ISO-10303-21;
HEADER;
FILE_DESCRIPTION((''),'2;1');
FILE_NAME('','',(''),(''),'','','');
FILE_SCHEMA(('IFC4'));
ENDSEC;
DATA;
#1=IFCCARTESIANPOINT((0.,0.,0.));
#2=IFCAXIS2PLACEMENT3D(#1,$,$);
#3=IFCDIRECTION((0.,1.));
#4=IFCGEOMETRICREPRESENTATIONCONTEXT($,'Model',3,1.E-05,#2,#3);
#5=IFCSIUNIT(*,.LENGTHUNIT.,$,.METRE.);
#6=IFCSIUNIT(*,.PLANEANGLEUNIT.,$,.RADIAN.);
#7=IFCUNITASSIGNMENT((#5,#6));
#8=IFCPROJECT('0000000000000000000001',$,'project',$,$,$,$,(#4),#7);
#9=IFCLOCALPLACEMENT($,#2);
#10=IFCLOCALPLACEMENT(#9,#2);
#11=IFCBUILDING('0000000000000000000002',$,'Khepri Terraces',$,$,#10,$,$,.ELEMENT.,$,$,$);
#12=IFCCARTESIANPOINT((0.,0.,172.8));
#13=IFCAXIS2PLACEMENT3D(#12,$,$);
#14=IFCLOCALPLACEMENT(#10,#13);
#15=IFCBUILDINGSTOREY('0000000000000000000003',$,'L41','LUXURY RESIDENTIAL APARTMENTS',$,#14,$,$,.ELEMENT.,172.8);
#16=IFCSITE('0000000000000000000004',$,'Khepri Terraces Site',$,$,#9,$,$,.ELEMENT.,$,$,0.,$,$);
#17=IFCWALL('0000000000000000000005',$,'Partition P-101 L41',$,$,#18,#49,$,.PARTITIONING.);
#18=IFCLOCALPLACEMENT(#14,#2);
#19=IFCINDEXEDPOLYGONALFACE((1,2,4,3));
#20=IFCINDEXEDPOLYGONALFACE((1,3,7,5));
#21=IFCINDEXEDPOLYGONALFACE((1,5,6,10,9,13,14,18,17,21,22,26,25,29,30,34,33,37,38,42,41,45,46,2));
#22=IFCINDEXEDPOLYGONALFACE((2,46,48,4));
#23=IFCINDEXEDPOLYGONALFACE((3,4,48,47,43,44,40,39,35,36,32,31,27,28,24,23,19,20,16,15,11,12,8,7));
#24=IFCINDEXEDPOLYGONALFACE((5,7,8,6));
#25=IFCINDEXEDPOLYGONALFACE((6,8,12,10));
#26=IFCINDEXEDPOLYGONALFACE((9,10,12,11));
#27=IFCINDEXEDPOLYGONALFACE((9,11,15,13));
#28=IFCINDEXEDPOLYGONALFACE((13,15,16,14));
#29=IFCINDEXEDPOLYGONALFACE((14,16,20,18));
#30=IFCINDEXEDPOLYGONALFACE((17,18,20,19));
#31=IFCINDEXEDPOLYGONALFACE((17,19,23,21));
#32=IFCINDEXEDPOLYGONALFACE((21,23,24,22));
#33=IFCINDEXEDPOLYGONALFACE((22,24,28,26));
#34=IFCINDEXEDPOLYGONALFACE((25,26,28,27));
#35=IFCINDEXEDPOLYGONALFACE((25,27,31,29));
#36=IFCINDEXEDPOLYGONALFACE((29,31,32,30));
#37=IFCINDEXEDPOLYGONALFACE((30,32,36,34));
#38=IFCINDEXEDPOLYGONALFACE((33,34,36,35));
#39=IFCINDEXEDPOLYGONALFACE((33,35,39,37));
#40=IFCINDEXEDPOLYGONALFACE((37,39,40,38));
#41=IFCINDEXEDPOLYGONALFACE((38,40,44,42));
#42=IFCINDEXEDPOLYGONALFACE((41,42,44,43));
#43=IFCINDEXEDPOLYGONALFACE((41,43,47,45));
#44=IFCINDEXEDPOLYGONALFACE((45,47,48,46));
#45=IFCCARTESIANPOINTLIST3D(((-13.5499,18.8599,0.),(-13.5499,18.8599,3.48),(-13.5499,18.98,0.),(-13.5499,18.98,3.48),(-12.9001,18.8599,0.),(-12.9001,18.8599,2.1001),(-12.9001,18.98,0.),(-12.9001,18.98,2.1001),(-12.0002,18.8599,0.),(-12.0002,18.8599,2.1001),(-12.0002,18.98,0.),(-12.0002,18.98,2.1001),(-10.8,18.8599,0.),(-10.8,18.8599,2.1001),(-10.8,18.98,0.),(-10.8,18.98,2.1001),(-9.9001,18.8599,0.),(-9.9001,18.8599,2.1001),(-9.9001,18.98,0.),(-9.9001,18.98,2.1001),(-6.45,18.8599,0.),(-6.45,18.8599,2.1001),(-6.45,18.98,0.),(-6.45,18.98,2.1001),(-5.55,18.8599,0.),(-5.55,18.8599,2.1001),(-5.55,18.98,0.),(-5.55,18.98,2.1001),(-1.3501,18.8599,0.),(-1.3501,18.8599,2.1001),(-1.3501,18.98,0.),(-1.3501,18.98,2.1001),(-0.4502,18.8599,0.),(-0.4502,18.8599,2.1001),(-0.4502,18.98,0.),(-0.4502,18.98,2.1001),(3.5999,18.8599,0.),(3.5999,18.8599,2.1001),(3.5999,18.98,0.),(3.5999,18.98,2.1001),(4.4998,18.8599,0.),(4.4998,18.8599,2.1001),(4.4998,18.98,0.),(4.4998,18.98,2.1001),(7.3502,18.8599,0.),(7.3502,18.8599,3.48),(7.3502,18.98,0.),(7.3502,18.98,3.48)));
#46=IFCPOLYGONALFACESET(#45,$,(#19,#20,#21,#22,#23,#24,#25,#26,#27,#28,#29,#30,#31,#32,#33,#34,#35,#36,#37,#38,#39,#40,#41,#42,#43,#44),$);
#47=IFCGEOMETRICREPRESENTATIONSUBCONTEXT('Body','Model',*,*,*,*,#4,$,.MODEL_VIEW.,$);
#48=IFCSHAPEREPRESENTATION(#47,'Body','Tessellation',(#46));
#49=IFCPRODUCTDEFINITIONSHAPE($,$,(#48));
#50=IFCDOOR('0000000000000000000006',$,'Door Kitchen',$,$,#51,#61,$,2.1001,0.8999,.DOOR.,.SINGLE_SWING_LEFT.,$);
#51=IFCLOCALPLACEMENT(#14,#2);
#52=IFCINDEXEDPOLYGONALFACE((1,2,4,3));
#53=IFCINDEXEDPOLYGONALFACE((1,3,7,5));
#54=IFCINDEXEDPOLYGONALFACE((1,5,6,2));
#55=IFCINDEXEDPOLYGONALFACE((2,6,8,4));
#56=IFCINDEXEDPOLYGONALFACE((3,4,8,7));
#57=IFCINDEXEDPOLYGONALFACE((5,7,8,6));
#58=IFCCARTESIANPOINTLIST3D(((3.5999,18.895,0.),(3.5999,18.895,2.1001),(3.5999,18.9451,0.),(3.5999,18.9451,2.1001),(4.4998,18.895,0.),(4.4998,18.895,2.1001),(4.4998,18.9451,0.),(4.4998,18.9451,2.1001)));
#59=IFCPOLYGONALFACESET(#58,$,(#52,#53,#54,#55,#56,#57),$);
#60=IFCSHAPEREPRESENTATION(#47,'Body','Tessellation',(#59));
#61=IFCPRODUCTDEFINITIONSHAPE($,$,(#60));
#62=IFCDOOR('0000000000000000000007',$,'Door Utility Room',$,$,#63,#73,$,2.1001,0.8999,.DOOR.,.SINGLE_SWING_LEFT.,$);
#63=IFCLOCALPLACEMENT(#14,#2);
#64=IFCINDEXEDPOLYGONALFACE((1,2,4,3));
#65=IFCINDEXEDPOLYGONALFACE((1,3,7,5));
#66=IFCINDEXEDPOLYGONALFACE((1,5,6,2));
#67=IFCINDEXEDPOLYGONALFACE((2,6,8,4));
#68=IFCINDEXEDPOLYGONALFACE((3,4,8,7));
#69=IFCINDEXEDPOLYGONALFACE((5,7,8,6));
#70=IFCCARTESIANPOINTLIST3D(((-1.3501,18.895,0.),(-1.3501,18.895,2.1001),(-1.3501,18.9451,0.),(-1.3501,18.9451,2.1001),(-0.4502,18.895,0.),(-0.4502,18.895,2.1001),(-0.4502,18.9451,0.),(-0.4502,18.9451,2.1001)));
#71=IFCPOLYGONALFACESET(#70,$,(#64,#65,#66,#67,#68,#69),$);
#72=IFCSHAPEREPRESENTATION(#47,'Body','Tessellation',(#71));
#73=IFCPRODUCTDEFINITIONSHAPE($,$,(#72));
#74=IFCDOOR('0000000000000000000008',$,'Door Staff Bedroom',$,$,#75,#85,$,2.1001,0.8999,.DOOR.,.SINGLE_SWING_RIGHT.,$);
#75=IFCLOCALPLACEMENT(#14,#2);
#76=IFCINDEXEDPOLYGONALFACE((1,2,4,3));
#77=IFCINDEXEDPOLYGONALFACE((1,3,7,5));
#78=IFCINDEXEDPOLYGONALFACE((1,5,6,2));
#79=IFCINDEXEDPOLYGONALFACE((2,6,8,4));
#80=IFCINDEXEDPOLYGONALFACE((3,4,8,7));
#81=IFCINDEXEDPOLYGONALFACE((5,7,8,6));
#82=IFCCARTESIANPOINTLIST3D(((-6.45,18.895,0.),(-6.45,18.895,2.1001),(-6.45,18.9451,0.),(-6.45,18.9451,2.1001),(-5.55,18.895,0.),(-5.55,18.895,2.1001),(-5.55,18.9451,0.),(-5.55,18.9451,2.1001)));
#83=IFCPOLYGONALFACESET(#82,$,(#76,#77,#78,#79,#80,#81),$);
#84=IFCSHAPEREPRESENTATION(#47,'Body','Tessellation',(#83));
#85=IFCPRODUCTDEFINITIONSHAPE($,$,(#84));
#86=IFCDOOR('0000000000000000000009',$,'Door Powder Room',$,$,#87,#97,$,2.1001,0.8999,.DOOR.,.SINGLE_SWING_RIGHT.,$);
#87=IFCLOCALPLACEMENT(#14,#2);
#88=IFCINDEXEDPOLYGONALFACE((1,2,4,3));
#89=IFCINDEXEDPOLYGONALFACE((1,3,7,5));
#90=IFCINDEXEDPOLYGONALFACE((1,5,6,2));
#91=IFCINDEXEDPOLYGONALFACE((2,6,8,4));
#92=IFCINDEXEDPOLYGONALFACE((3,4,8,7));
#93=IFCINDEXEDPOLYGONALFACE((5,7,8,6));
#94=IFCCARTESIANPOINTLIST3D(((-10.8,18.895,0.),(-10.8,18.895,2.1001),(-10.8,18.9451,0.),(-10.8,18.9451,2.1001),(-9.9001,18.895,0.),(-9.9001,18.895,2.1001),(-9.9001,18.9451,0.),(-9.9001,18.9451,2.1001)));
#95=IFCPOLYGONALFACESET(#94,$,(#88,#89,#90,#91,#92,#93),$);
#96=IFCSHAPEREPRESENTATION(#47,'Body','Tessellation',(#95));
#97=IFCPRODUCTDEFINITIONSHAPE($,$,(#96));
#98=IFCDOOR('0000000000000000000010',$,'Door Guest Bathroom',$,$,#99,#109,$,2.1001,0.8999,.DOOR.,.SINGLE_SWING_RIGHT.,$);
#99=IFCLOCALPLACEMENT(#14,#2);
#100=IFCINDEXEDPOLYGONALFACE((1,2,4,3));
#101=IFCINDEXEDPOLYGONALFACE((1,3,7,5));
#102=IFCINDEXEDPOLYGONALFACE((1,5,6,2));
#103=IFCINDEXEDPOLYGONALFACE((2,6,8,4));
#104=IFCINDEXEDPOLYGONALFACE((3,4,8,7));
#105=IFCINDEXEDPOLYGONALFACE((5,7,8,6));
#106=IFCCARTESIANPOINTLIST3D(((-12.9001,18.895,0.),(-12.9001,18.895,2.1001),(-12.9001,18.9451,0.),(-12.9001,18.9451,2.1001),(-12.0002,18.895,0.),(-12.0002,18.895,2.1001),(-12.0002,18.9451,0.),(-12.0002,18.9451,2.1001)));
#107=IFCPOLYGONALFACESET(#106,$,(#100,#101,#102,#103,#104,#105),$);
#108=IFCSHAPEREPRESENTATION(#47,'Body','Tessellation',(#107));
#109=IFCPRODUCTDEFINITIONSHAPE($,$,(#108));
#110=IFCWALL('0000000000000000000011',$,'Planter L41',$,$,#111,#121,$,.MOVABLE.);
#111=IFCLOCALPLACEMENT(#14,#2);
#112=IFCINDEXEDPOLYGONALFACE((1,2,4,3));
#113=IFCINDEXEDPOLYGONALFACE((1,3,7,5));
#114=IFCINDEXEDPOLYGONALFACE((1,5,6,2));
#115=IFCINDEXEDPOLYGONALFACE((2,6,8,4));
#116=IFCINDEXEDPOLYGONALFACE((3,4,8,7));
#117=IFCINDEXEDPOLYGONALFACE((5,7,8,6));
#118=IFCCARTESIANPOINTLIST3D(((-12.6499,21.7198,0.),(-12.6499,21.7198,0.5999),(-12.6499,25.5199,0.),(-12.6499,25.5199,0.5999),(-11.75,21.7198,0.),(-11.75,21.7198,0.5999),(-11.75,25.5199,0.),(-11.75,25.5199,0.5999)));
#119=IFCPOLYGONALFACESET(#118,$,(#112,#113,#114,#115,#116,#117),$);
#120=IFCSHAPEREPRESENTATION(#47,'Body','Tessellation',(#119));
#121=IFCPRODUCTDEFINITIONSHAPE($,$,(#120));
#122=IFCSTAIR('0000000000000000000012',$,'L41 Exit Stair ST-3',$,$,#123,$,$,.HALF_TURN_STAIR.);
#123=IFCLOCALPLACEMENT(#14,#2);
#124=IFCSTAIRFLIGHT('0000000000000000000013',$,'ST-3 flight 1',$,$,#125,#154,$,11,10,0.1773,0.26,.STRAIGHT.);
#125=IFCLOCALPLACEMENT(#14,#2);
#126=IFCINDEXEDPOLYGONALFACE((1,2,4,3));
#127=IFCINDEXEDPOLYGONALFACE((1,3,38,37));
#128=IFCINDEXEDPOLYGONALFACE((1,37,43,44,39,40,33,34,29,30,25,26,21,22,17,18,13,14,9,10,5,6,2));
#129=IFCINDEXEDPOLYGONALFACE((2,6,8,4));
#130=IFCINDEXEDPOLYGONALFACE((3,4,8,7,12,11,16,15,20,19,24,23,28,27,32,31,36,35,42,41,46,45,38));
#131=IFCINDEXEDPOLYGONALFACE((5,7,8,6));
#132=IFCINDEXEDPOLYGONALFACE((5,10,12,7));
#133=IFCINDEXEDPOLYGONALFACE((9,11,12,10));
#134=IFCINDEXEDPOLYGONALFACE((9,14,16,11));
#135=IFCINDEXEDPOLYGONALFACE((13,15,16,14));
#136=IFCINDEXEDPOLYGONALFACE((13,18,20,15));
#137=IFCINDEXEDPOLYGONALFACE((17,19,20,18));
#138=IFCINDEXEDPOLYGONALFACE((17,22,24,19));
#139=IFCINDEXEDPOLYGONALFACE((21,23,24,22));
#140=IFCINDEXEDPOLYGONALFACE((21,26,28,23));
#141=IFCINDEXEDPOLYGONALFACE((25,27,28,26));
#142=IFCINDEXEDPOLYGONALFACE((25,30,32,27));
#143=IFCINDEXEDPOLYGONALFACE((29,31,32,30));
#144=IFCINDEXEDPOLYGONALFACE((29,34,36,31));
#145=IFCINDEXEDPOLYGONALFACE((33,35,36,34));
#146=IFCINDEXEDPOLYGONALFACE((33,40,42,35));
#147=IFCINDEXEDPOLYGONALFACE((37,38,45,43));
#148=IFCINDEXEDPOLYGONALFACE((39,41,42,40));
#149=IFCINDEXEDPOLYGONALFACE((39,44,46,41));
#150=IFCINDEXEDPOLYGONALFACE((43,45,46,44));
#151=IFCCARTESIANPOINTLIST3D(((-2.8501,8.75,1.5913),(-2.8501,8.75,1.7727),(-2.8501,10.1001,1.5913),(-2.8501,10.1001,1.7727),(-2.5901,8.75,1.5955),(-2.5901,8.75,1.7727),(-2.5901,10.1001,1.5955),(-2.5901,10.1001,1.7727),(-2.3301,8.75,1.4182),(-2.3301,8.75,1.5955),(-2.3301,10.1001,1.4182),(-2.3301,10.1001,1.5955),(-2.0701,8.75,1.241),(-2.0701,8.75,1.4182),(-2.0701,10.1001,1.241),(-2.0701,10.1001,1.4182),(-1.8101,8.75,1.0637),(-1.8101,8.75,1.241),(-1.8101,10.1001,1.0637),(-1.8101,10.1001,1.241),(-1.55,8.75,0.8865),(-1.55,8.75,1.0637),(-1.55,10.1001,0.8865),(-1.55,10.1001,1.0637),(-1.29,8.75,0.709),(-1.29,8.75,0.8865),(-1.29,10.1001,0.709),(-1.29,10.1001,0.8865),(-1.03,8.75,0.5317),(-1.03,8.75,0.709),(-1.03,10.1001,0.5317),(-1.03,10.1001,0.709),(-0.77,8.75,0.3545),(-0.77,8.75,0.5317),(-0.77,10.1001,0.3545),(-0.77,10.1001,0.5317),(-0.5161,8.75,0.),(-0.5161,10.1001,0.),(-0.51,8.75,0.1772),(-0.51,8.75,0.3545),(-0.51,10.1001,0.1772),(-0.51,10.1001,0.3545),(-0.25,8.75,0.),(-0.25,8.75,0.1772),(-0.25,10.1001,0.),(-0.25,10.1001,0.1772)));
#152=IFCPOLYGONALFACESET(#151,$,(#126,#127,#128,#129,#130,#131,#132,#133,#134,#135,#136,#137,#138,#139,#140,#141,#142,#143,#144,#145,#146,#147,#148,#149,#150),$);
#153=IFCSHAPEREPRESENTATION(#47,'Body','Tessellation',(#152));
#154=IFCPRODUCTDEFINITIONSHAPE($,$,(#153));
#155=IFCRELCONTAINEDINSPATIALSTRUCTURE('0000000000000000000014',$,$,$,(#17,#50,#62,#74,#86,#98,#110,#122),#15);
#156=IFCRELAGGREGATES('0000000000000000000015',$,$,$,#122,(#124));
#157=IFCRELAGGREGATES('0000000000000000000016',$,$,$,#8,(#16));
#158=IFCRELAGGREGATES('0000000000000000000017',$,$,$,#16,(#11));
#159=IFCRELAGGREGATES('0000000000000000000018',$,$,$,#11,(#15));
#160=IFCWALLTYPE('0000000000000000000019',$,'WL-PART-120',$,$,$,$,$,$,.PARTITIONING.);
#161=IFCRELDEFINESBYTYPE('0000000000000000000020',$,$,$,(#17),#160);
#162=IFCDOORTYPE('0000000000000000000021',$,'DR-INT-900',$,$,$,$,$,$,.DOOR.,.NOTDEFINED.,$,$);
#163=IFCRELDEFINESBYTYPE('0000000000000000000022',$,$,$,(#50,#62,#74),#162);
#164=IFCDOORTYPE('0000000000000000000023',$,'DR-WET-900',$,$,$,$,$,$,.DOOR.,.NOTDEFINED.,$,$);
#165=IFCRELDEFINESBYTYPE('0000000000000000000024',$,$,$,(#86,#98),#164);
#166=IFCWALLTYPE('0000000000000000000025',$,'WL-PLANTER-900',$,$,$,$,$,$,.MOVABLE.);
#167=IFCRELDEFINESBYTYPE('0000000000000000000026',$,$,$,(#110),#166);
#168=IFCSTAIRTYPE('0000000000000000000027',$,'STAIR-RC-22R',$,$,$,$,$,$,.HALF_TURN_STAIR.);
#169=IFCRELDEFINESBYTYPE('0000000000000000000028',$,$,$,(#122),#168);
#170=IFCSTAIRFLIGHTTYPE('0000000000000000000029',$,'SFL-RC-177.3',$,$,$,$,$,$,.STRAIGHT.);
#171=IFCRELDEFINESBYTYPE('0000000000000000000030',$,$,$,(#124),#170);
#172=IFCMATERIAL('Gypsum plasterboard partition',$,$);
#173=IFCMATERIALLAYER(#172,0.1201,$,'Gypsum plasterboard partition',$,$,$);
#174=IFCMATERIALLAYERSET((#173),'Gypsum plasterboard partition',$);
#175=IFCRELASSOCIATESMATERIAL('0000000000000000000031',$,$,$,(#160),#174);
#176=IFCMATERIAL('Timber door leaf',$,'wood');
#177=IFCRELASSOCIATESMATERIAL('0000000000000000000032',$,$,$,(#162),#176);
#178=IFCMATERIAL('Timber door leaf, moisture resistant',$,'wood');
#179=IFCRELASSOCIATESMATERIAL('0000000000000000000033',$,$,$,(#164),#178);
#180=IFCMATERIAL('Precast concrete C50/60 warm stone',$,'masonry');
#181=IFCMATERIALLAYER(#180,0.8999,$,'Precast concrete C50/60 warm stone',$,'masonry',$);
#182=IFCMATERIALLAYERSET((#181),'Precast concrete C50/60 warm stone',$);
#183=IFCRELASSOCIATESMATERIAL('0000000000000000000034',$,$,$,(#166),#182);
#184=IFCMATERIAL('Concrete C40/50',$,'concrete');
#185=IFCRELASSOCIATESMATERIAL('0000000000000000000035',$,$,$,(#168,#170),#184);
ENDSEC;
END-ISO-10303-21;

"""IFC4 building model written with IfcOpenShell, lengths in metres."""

from ifc_helpers import new_model, si_unit, direction, frame, frame_2d, origin, place, context, subcontext, project, spatial, polyline, rectangle, outline, extrude, material, layer, layer_set, type_object, element, fill, aggregate, save


model = new_model("IFC4")

# Units and contexts
model_context = context("Model", 3, precision=1e-05, world=origin(), true_north=direction((0.0, 1.0)))
body_context = subcontext(model_context, "Body", "Model", "MODEL_VIEW")
ifc_project = project(units=[si_unit("LENGTHUNIT", "METRE"), si_unit("PLANEANGLEUNIT", "RADIAN")], contexts=[model_context])

# Site, building, storey
site_placement = place(None, origin())
site = spatial("IfcSite", under=ifc_project, at=site_placement, Name="Khepri Terraces Site", CompositionType="ELEMENT", RefElevation=0.0)
building_placement = place(site_placement, origin())
building = spatial("IfcBuilding", under=site, at=building_placement, Name="Khepri Terraces", CompositionType="ELEMENT")
storey_placement = place(building_placement, frame((0.0, 0.0, 172.8)))
storey = spatial("IfcBuildingStorey", under=building, at=storey_placement, Name="L41", Description="LUXURY RESIDENTIAL APARTMENTS", CompositionType="ELEMENT", Elevation=172.8)

# Shared definitions
ifc_material_1 = material(Name="Precast concrete C50/60 warm stone", Category="masonry")

# Shared definitions
ifc_material_2 = material(Name="Gypsum plasterboard partition")
ifc_layer_1 = layer(ifc_material_2, 0.1201, Name="Gypsum plasterboard partition")
ifc_layer_set_1 = layer_set([ifc_layer_1], Name="Gypsum plasterboard partition")
wall_type_1 = type_object("IfcWallType", Name="WL-PART-120", PredefinedType="PARTITIONING", material=ifc_layer_set_1)

# Wall, openings, doors
wall_1_placement = place(storey_placement, frame((-13.55, 18.9199, 0.0), z_axis=(0.0, 0.0, 1.0), x_axis=(1.0, 0.0, 0.0)))
wall_1 = element("IfcWall", 1, at=wall_1_placement, inside=storey, type_object=wall_type_1, Name="Partition P-101 L41", PredefinedType="PARTITIONING", context=body_context, shape_type="SweptSolid", body=[
    extrude(rectangle(XDim=20.9001, YDim=0.1201, at=frame_2d((10.4502, 0.0))), origin(), (0.0, 0.0, 1.0), 3.48),
])
opening_1_placement = place(wall_1_placement, frame((17.1499, 0.0, 0.0)))
opening_1 = element("IfcOpeningElement", 2, at=opening_1_placement, cuts=wall_1, PredefinedType="OPENING", context=body_context, shape_type="SweptSolid", body=[
    extrude(rectangle(XDim=0.8999, YDim=2.1001, at=frame_2d((0.45, 1.05))), frame((0.0, 0.0701, 0.0), z_axis=(0.0, -1.0, 0.0), x_axis=(1.0, 0.0, 0.0)), (0.0, 0.0, 1.0), 0.1401),
])
opening_2_placement = place(wall_1_placement, frame((12.2, 0.0, 0.0)))
opening_2 = element("IfcOpeningElement", 3, at=opening_2_placement, cuts=wall_1, PredefinedType="OPENING", context=body_context, shape_type="SweptSolid", body=[
    extrude(rectangle(XDim=0.8999, YDim=2.1001, at=frame_2d((0.45, 1.05))), frame((0.0, 0.0701, 0.0), z_axis=(0.0, -1.0, 0.0), x_axis=(1.0, 0.0, 0.0)), (0.0, 0.0, 1.0), 0.1401),
])
opening_3_placement = place(wall_1_placement, frame((7.1001, 0.0, 0.0)))
opening_3 = element("IfcOpeningElement", 4, at=opening_3_placement, cuts=wall_1, PredefinedType="OPENING", context=body_context, shape_type="SweptSolid", body=[
    extrude(rectangle(XDim=0.8999, YDim=2.1001, at=frame_2d((0.45, 1.05))), frame((0.0, 0.0701, 0.0), z_axis=(0.0, -1.0, 0.0), x_axis=(1.0, 0.0, 0.0)), (0.0, 0.0, 1.0), 0.1401),
])
opening_4_placement = place(wall_1_placement, frame((2.75, 0.0, 0.0)))
opening_4 = element("IfcOpeningElement", 5, at=opening_4_placement, cuts=wall_1, PredefinedType="OPENING", context=body_context, shape_type="SweptSolid", body=[
    extrude(rectangle(XDim=0.8999, YDim=2.1001, at=frame_2d((0.45, 1.05))), frame((0.0, 0.0701, 0.0), z_axis=(0.0, -1.0, 0.0), x_axis=(1.0, 0.0, 0.0)), (0.0, 0.0, 1.0), 0.1401),
])
opening_5_placement = place(wall_1_placement, frame((0.6499, 0.0, 0.0)))
opening_5 = element("IfcOpeningElement", 6, at=opening_5_placement, cuts=wall_1, PredefinedType="OPENING", context=body_context, shape_type="SweptSolid", body=[
    extrude(rectangle(XDim=0.8999, YDim=2.1001, at=frame_2d((0.45, 1.05))), frame((0.0, 0.0701, 0.0), z_axis=(0.0, -1.0, 0.0), x_axis=(1.0, 0.0, 0.0)), (0.0, 0.0, 1.0), 0.1401),
])
ifc_material_3 = material(Name="Timber door leaf", Category="wood")
door_type_1 = type_object("IfcDoorType", Name="DR-INT-900", OperationType="NOTDEFINED", PredefinedType="DOOR", material=ifc_material_3)
door_1_placement = place(opening_1_placement, frame((0.8999, 0.0, 0.0), z_axis=(0.0, 0.0, 1.0), x_axis=(-1.0, 0.0, 0.0)))
door_1 = element("IfcDoor", 7, at=door_1_placement, inside=storey, type_object=door_type_1, Name="Door Kitchen", OperationType="SINGLE_SWING_LEFT", OverallHeight=2.1001, OverallWidth=0.8999, PredefinedType="DOOR", context=body_context, shape_type="SweptSolid", body=[
    extrude(rectangle(XDim=0.8999, YDim=2.1001, at=frame_2d((0.45, 1.05))), frame((0.0, 0.0249, 0.0), z_axis=(0.0, -1.0, 0.0), x_axis=(1.0, 0.0, 0.0)), (0.0, 0.0, 1.0), 0.05),
])
fill(opening_1, door_1)
door_2_placement = place(opening_2_placement, frame((0.8999, 0.0, 0.0), z_axis=(0.0, 0.0, 1.0), x_axis=(-1.0, 0.0, 0.0)))
door_2 = element("IfcDoor", 8, at=door_2_placement, inside=storey, type_object=door_type_1, Name="Door Utility Room", OperationType="SINGLE_SWING_LEFT", OverallHeight=2.1001, OverallWidth=0.8999, PredefinedType="DOOR", context=body_context, shape_type="SweptSolid", body=[
    extrude(rectangle(XDim=0.8999, YDim=2.1001, at=frame_2d((0.45, 1.05))), frame((0.0, 0.0249, 0.0), z_axis=(0.0, -1.0, 0.0), x_axis=(1.0, 0.0, 0.0)), (0.0, 0.0, 1.0), 0.05),
])
fill(opening_2, door_2)
door_3_placement = place(opening_3_placement, frame((0.8999, 0.0, 0.0), z_axis=(0.0, 0.0, 1.0), x_axis=(-1.0, 0.0, 0.0)))
door_3 = element("IfcDoor", 9, at=door_3_placement, inside=storey, type_object=door_type_1, Name="Door Staff Bedroom", OperationType="SINGLE_SWING_RIGHT", OverallHeight=2.1001, OverallWidth=0.8999, PredefinedType="DOOR", context=body_context, shape_type="SweptSolid", body=[
    extrude(rectangle(XDim=0.8999, YDim=2.1001, at=frame_2d((0.45, 1.05))), frame((0.0, 0.0249, 0.0), z_axis=(0.0, -1.0, 0.0), x_axis=(1.0, 0.0, 0.0)), (0.0, 0.0, 1.0), 0.05),
])
fill(opening_3, door_3)
ifc_material_4 = material(Name="Timber door leaf, moisture resistant", Category="wood")
door_type_2 = type_object("IfcDoorType", Name="DR-WET-900", OperationType="NOTDEFINED", PredefinedType="DOOR", material=ifc_material_4)
door_4_placement = place(opening_4_placement, frame((0.8999, 0.0, 0.0), z_axis=(0.0, 0.0, 1.0), x_axis=(-1.0, 0.0, 0.0)))
door_4 = element("IfcDoor", 10, at=door_4_placement, inside=storey, type_object=door_type_2, Name="Door Powder Room", OperationType="SINGLE_SWING_RIGHT", OverallHeight=2.1001, OverallWidth=0.8999, PredefinedType="DOOR", context=body_context, shape_type="SweptSolid", body=[
    extrude(rectangle(XDim=0.8999, YDim=2.1001, at=frame_2d((0.45, 1.05))), frame((0.0, 0.0249, 0.0), z_axis=(0.0, -1.0, 0.0), x_axis=(1.0, 0.0, 0.0)), (0.0, 0.0, 1.0), 0.05),
])
fill(opening_4, door_4)
door_5_placement = place(opening_5_placement, frame((0.8999, 0.0, 0.0), z_axis=(0.0, 0.0, 1.0), x_axis=(-1.0, 0.0, 0.0)))
door_5 = element("IfcDoor", 11, at=door_5_placement, inside=storey, type_object=door_type_2, Name="Door Guest Bathroom", OperationType="SINGLE_SWING_RIGHT", OverallHeight=2.1001, OverallWidth=0.8999, PredefinedType="DOOR", context=body_context, shape_type="SweptSolid", body=[
    extrude(rectangle(XDim=0.8999, YDim=2.1001, at=frame_2d((0.45, 1.05))), frame((0.0, 0.0249, 0.0), z_axis=(0.0, -1.0, 0.0), x_axis=(1.0, 0.0, 0.0)), (0.0, 0.0, 1.0), 0.05),
])
fill(opening_5, door_5)

# Wall
ifc_layer_2 = layer(ifc_material_1, 0.8999, Name="Precast concrete C50/60 warm stone", Category="masonry")
ifc_layer_set_2 = layer_set([ifc_layer_2], Name="Precast concrete C50/60 warm stone")
wall_type_2 = type_object("IfcWallType", Name="WL-PLANTER-900", PredefinedType="MOVABLE", material=ifc_layer_set_2)
wall_2_placement = place(storey_placement, frame((-12.2, 21.72, 0.0), z_axis=(0.0, 0.0, 1.0), x_axis=(0.0, 1.0, 0.0)))
element("IfcWall", 12, at=wall_2_placement, inside=storey, type_object=wall_type_2, Name="Planter L41", PredefinedType="MOVABLE", context=body_context, shape_type="SweptSolid", body=[
    extrude(rectangle(XDim=3.8, YDim=0.8999, at=frame_2d((1.8999, 0.0))), origin(), (0.0, 0.0, 1.0), 0.5999),
])

# Stair, stair flight
ifc_material_5 = material(Name="Concrete C40/50", Category="concrete")
stair_type = type_object("IfcStairType", Name="STAIR-RC-22R", PredefinedType="HALF_TURN_STAIR", material=ifc_material_5)
stair_placement = place(storey_placement, origin())
stair = element("IfcStair", 13, at=stair_placement, inside=storey, type_object=stair_type, Name="L41 Exit Stair ST-3", PredefinedType="HALF_TURN_STAIR")
stair_flight_type = type_object("IfcStairFlightType", Name="SFL-RC-177.3", PredefinedType="STRAIGHT", material=ifc_material_5)
stair_flight_placement = place(storey_placement, frame((-0.25, 9.425, 0.0), z_axis=(0.0, 0.0, 1.0), x_axis=(-1.0, 0.0, 0.0)))
stair_flight = element("IfcStairFlight", 14, at=stair_flight_placement, type_object=stair_flight_type, Name="ST-3 flight 1", NumberOfRisers=11, NumberOfTreads=10, PredefinedType="STRAIGHT", RiserHeight=0.1773, TreadLength=0.26, context=body_context, shape_type="SweptSolid", body=[
    extrude(outline(polyline([(0.0, 0.0), (0.0, 0.1772), (0.26, 0.1772), (0.26, 0.3545), (0.52, 0.3545), (0.52, 0.5317), (0.78, 0.5317), (0.78, 0.709), (1.04, 0.709), (1.04, 0.8865), (1.3, 0.8865), (1.3, 1.0637), (1.5601, 1.0637), (1.5601, 1.241), (1.8201, 1.241), (1.8201, 1.4182), (2.0801, 1.4182), (2.0801, 1.5955), (2.3401, 1.5955), (2.3401, 1.7727), (2.6001, 1.7727), (2.6001, 1.95), (2.6001, 1.5913), (0.2661, 0.0), (0.0, 0.0)])), frame((0.0, 0.675, 0.0), z_axis=(0.0, -1.0, 0.0), x_axis=(1.0, 0.0, 0.0)), (0.0, 0.0, 1.0), 1.3501),
])
aggregate(stair, [stair_flight])

save(model, "model.ifc")
